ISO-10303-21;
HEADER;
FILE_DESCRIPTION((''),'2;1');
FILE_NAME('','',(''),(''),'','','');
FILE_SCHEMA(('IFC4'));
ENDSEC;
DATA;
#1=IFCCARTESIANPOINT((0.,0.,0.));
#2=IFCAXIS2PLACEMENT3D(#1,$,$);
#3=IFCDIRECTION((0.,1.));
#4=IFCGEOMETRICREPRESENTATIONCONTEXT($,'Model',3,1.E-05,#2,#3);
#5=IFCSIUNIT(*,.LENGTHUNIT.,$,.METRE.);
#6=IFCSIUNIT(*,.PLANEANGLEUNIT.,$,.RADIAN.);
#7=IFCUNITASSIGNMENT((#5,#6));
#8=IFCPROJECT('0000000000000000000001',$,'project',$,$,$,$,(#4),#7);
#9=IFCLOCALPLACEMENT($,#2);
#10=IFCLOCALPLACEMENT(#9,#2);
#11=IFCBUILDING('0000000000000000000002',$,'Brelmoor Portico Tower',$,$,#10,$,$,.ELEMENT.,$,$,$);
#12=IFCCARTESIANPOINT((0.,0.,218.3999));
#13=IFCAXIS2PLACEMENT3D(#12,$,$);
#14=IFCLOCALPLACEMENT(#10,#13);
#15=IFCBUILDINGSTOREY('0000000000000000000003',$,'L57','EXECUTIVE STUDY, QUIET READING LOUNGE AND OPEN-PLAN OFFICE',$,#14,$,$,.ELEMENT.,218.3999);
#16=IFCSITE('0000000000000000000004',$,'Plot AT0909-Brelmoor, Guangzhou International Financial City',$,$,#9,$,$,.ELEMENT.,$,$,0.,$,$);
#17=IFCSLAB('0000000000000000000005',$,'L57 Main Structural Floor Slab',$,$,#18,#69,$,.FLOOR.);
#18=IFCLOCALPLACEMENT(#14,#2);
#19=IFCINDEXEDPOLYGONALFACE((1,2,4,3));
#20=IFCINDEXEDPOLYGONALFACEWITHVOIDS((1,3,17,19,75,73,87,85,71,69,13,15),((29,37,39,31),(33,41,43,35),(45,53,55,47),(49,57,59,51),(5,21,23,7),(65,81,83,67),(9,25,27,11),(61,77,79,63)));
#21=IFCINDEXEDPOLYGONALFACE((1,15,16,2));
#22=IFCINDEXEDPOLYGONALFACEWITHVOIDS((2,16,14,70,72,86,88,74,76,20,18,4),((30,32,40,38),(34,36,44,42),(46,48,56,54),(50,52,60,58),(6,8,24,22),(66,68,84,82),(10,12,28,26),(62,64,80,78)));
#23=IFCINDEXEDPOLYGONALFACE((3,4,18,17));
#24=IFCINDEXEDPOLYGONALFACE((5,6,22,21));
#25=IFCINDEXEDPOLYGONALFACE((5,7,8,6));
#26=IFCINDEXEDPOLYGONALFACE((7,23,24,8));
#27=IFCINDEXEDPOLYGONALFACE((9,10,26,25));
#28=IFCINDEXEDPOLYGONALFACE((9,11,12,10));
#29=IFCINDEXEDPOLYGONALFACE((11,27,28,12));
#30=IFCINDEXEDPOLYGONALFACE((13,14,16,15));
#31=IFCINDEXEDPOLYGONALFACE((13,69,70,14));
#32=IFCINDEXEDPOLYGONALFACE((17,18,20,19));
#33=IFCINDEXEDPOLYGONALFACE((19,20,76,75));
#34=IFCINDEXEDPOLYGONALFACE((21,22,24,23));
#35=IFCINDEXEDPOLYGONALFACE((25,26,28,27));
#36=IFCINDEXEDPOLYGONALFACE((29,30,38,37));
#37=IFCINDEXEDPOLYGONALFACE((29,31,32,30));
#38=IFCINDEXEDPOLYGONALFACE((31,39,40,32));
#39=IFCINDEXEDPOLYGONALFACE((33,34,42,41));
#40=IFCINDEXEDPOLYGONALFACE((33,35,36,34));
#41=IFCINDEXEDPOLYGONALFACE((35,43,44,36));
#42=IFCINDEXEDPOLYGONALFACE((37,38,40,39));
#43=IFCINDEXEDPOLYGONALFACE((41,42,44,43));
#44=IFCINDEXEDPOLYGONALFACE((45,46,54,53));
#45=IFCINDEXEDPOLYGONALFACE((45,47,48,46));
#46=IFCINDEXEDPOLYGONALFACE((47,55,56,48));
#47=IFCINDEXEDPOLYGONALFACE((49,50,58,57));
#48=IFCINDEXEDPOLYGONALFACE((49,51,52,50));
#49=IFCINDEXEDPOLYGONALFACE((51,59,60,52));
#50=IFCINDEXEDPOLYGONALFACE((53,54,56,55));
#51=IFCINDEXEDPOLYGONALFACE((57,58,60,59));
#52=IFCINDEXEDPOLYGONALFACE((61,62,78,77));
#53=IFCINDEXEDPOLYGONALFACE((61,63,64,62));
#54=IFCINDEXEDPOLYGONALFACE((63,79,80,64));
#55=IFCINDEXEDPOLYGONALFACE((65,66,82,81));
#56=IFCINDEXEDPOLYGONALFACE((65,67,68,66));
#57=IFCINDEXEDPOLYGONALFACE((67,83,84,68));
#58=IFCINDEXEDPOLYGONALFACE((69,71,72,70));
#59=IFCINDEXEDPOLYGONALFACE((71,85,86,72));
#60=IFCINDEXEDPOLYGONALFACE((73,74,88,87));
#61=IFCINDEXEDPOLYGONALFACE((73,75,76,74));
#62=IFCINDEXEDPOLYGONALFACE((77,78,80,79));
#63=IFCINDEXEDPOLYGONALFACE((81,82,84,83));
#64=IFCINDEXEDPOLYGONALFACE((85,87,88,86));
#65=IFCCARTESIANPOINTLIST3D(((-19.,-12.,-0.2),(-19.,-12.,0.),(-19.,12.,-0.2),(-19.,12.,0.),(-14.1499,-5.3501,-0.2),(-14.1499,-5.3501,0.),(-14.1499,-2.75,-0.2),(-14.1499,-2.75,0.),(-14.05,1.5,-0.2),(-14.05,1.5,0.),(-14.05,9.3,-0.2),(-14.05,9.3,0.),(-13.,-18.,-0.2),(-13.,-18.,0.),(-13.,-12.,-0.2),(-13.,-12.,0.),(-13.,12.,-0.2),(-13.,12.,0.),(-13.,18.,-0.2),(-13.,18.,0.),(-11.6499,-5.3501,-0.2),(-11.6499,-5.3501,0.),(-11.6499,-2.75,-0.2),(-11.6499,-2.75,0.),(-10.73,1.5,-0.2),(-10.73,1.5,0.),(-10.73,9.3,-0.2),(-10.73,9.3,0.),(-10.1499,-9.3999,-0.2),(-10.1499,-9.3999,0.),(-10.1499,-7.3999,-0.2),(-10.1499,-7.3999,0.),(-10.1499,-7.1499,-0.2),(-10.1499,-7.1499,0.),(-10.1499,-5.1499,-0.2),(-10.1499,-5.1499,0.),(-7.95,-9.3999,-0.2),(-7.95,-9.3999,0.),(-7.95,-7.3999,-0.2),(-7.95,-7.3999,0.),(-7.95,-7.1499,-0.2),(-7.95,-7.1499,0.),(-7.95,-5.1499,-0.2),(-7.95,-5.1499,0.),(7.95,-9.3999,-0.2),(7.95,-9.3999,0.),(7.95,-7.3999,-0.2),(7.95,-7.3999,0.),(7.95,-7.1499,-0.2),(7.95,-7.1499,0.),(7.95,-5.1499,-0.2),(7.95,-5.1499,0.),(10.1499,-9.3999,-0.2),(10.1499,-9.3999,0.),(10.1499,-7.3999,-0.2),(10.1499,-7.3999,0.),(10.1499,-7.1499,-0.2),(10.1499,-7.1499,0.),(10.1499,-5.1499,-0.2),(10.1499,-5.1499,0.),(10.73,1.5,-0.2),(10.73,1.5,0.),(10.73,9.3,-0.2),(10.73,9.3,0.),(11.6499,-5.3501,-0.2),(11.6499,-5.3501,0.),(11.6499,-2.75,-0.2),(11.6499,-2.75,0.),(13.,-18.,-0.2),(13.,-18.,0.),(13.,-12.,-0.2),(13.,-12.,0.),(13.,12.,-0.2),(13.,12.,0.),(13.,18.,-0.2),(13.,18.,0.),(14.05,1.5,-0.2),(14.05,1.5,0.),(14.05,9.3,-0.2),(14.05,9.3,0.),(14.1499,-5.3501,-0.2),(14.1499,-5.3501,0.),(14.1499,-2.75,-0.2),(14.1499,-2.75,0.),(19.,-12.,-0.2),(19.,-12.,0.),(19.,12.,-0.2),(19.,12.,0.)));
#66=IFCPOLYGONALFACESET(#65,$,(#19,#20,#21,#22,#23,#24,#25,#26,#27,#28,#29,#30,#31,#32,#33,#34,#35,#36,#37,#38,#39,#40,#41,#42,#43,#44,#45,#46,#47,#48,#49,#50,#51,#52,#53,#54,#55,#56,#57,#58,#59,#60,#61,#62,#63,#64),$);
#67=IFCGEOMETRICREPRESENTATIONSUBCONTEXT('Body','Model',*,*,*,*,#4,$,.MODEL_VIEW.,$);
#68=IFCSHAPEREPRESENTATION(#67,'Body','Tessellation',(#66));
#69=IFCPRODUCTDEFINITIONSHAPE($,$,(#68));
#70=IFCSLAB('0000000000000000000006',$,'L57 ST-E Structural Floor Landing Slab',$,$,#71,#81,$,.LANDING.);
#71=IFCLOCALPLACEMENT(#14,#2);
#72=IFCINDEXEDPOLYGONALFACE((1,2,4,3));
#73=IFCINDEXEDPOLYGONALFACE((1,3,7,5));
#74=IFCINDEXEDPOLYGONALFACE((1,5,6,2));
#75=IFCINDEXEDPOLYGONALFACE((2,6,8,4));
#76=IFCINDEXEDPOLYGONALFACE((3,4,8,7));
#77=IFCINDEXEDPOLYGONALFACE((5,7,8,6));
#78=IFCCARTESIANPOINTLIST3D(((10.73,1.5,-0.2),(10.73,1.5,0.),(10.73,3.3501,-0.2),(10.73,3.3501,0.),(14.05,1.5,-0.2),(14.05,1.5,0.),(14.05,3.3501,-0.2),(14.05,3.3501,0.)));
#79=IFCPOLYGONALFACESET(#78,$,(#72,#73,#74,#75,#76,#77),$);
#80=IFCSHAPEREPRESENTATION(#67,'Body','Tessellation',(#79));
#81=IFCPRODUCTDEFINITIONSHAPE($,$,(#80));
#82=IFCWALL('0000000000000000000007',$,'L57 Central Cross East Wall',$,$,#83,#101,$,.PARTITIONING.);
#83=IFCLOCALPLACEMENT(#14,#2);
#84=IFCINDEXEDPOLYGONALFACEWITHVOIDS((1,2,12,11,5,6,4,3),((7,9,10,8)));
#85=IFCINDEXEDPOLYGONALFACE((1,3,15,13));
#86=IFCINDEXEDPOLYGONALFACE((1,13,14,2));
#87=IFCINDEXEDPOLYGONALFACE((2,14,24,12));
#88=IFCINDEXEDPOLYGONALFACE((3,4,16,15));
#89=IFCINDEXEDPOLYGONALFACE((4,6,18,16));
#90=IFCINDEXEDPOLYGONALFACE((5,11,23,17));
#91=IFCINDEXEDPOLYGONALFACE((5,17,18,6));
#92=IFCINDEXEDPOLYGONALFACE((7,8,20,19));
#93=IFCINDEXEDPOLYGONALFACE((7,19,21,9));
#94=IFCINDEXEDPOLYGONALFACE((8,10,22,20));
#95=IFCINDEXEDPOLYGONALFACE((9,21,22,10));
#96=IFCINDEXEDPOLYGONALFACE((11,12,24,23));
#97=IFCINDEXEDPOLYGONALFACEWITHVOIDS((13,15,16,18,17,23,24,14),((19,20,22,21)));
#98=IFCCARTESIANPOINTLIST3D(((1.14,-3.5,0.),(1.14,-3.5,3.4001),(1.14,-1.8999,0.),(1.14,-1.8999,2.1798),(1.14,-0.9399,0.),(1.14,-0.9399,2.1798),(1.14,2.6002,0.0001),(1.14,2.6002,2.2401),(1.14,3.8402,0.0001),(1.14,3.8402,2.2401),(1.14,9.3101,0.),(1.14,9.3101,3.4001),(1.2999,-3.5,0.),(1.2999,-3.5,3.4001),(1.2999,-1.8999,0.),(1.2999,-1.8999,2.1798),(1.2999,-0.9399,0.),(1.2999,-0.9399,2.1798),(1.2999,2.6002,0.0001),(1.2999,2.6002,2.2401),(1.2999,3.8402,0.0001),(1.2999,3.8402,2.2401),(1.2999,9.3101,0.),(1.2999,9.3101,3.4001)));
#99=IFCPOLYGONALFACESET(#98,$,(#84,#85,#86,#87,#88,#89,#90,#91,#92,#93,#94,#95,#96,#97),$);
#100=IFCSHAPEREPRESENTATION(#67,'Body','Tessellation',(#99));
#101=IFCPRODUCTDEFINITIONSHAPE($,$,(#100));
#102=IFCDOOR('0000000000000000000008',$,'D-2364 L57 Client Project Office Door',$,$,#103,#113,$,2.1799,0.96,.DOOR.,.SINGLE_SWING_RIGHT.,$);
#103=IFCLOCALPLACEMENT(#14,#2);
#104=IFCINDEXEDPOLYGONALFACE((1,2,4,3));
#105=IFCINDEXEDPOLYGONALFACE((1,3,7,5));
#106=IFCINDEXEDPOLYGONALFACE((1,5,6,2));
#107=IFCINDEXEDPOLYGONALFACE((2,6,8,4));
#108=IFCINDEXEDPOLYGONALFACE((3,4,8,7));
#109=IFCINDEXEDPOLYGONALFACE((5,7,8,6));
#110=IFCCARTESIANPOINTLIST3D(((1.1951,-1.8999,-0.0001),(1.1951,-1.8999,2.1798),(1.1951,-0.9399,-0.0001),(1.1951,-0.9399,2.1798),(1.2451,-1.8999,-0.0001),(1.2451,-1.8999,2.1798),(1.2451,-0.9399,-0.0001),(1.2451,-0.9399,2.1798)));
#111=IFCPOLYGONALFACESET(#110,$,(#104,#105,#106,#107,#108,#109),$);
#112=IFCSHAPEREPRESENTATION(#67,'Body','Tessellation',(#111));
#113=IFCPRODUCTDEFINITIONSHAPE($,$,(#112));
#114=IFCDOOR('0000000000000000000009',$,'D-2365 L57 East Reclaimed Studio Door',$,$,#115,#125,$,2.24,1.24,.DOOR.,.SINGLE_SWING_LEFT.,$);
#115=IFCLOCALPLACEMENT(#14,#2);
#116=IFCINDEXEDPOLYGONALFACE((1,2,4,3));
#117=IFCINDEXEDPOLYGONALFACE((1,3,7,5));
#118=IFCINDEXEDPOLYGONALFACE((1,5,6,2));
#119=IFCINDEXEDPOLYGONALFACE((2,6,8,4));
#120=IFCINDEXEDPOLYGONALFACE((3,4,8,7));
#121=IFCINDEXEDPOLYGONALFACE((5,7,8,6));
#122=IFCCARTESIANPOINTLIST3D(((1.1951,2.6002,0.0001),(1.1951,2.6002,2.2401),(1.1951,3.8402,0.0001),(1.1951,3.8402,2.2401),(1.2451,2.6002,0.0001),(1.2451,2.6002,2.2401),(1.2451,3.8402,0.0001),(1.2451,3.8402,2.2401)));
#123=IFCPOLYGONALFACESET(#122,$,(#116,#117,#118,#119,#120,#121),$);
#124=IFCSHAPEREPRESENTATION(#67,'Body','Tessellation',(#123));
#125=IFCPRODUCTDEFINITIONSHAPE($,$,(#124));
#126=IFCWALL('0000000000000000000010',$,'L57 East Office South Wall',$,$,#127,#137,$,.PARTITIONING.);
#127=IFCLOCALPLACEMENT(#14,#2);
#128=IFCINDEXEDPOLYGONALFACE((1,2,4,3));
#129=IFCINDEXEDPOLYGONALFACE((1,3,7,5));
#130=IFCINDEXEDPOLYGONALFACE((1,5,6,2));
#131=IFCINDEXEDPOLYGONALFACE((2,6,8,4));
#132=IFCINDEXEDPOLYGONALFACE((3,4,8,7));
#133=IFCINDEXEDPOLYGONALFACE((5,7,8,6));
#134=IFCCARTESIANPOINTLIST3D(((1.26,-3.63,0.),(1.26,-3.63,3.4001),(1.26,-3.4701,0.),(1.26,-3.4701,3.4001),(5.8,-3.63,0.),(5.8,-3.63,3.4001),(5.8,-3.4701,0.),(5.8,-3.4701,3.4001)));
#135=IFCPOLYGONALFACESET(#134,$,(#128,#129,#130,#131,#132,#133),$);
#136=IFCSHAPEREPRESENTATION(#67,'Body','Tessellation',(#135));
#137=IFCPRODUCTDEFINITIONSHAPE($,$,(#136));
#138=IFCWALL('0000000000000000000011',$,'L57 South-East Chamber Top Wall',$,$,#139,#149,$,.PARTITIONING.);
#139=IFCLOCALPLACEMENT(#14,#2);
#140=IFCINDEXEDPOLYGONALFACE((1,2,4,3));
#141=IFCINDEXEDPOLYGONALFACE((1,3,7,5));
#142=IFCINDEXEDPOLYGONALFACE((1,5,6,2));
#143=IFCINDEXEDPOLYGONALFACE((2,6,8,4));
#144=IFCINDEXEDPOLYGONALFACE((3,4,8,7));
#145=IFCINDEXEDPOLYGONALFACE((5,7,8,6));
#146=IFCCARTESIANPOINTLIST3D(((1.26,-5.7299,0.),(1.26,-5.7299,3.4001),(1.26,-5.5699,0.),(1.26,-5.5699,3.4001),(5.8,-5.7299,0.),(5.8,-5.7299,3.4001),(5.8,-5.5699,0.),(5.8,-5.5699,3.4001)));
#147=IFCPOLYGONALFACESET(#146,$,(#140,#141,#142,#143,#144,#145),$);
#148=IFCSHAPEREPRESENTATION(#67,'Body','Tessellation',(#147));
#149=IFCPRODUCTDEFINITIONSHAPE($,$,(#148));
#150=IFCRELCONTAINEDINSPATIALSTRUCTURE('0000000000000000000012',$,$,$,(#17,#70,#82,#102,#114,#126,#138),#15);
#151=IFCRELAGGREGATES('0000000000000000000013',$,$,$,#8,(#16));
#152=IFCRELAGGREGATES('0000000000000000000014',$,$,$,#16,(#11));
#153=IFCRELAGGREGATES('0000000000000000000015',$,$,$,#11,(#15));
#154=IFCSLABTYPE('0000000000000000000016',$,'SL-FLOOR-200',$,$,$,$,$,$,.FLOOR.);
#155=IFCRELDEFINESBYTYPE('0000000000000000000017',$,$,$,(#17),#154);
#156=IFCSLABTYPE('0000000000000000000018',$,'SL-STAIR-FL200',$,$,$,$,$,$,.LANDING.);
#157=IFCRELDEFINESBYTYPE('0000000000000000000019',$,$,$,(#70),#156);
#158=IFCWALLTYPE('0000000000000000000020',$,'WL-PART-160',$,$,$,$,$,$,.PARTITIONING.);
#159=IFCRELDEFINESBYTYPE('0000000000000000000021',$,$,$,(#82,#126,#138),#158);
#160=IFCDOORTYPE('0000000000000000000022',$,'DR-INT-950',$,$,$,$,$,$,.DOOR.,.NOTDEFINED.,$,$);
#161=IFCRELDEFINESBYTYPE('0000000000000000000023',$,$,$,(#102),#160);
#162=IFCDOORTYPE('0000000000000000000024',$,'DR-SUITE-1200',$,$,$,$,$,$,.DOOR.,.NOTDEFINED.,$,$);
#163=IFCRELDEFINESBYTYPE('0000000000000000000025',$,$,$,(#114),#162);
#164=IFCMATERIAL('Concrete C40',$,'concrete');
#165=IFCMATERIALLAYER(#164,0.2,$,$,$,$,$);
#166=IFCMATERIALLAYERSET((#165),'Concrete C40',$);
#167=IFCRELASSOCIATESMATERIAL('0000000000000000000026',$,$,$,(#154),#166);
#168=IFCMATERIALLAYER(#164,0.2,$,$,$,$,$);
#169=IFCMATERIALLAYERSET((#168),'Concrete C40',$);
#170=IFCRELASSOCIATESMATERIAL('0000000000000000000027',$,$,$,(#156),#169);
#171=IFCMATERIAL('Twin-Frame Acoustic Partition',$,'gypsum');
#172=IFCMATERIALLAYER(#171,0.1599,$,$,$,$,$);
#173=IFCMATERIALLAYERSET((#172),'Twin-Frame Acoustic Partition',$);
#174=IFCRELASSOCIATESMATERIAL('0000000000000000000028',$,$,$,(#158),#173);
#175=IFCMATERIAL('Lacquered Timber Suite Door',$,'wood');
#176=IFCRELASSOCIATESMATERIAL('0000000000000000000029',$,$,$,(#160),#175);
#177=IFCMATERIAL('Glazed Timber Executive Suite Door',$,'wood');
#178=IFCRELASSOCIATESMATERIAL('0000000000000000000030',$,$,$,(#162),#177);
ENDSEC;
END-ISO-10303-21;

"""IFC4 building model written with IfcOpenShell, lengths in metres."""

from ifc_helpers import new_model, si_unit, direction, frame, frame_2d, origin, place, context, subcontext, project, spatial, polyline, rectangle, outline, extrude, material, layer, layer_set, type_object, element, fill, save


model = new_model("IFC4")

# Units and contexts
model_context = context("Model", 3, precision=1e-05, world=origin(), true_north=direction((0.0, 1.0)))
body_context = subcontext(model_context, "Body", "Model", "MODEL_VIEW")
ifc_project = project(units=[si_unit("LENGTHUNIT", "METRE"), si_unit("PLANEANGLEUNIT", "RADIAN")], contexts=[model_context])

# Site, building, storey
site_placement = place(None, origin())
site = spatial("IfcSite", under=ifc_project, at=site_placement, Name="Plot AT0909-Brelmoor, Guangzhou International Financial City", CompositionType="ELEMENT", RefElevation=0.0)
building_placement = place(site_placement, origin())
building = spatial("IfcBuilding", under=site, at=building_placement, Name="Brelmoor Portico Tower", CompositionType="ELEMENT")
storey_placement = place(building_placement, frame((0.0, 0.0, 218.3999)))
storey = spatial("IfcBuildingStorey", under=building, at=storey_placement, Name="L57", Description="EXECUTIVE STUDY, QUIET READING LOUNGE AND OPEN-PLAN OFFICE", CompositionType="ELEMENT", Elevation=218.3999)

# Slabs
ifc_material_1 = material(Name="Concrete C40", Category="concrete")
ifc_layer_1 = layer(ifc_material_1, 0.2)
ifc_layer_set_1 = layer_set([ifc_layer_1], Name="Concrete C40")
slab_type_1 = type_object("IfcSlabType", Name="SL-FLOOR-200", PredefinedType="FLOOR", material=ifc_layer_set_1)
slab_1_placement = place(storey_placement, frame((0.0, 0.0, -0.2)))
element("IfcSlab", 1, at=slab_1_placement, inside=storey, type_object=slab_type_1, Name="L57 Main Structural Floor Slab", PredefinedType="FLOOR", context=body_context, shape_type="SweptSolid", body=[
    extrude(outline(polyline([(-13.0, -18.0), (13.0, -18.0), (13.0, -12.0), (19.0, -12.0), (19.0, 12.0), (13.0, 12.0), (13.0, 18.0), (-13.0, 18.0), (-13.0, 12.0), (-19.0, 12.0), (-19.0, -12.0), (-13.0, -12.0), (-13.0, -18.0)]), holes=[polyline([(-10.73, 1.5), (-10.73, 9.3), (-14.05, 9.3), (-14.05, 1.5), (-10.73, 1.5)]), polyline([(14.05, 1.5), (14.05, 9.3), (10.73, 9.3), (10.73, 1.5), (14.05, 1.5)]), polyline([(-10.1499, -9.3999), (-7.95, -9.3999), (-7.95, -7.3999), (-10.1499, -7.3999), (-10.1499, -9.3999)]), polyline([(-10.1499, -7.1499), (-7.95, -7.1499), (-7.95, -5.1499), (-10.1499, -5.1499), (-10.1499, -7.1499)]), polyline([(7.95, -9.3999), (10.1499, -9.3999), (10.1499, -7.3999), (7.95, -7.3999), (7.95, -9.3999)]), polyline([(7.95, -7.1499), (10.1499, -7.1499), (10.1499, -5.1499), (7.95, -5.1499), (7.95, -7.1499)]), polyline([(-14.1499, -5.3501), (-11.6499, -5.3501), (-11.6499, -2.75), (-14.1499, -2.75), (-14.1499, -5.3501)]), polyline([(11.6499, -5.3501), (14.1499, -5.3501), (14.1499, -2.75), (11.6499, -2.75), (11.6499, -5.3501)])]), origin(), (0.0, 0.0, 1.0), 0.2),
])
ifc_layer_2 = layer(ifc_material_1, 0.2)
ifc_layer_set_2 = layer_set([ifc_layer_2], Name="Concrete C40")
slab_type_2 = type_object("IfcSlabType", Name="SL-STAIR-FL200", PredefinedType="LANDING", material=ifc_layer_set_2)
slab_2_placement = place(storey_placement, frame((0.0, 0.0, -0.2)))
element("IfcSlab", 2, at=slab_2_placement, inside=storey, type_object=slab_type_2, Name="L57 ST-E Structural Floor Landing Slab", PredefinedType="LANDING", context=body_context, shape_type="SweptSolid", body=[
    extrude(outline(polyline([(14.05, 1.5), (14.05, 3.3501), (10.73, 3.3501), (10.73, 1.5), (14.05, 1.5)])), origin(), (0.0, 0.0, 1.0), 0.2),
])

# Wall, openings, doors
ifc_material_2 = material(Name="Twin-Frame Acoustic Partition", Category="gypsum")
ifc_layer_3 = layer(ifc_material_2, 0.1599)
ifc_layer_set_3 = layer_set([ifc_layer_3], Name="Twin-Frame Acoustic Partition")
wall_type_1 = type_object("IfcWallType", Name="WL-PART-160", PredefinedType="PARTITIONING", material=ifc_layer_set_3)
wall_1_placement = place(storey_placement, frame((1.22, -3.5, 0.0), z_axis=(0.0, 0.0, 1.0), x_axis=(0.0, 1.0, 0.0)))
wall_1 = element("IfcWall", 3, at=wall_1_placement, inside=storey, type_object=wall_type_1, Name="L57 Central Cross East Wall", PredefinedType="PARTITIONING", context=body_context, shape_type="SweptSolid", body=[
    extrude(rectangle(XDim=12.8101, YDim=0.1599, at=frame_2d((6.405, 0.0))), origin(), (0.0, 0.0, 1.0), 3.4001),
])
opening_1_placement = place(wall_1_placement, frame((6.1001, 0.0, 0.0)))
opening_1 = element("IfcOpeningElement", 4, at=opening_1_placement, cuts=wall_1, PredefinedType="OPENING", context=body_context, shape_type="SweptSolid", body=[
    extrude(rectangle(XDim=1.24, YDim=2.24, at=frame_2d((0.6201, 1.1201))), frame((0.0, 0.0898, 0.0), z_axis=(0.0, -1.0, 0.0), x_axis=(1.0, 0.0, 0.0)), (0.0, 0.0, 1.0), 0.1799),
])
opening_2_placement = place(wall_1_placement, frame((1.6001, 0.0, 0.0)))
opening_2 = element("IfcOpeningElement", 5, at=opening_2_placement, cuts=wall_1, PredefinedType="OPENING", context=body_context, shape_type="SweptSolid", body=[
    extrude(rectangle(XDim=0.96, YDim=2.1799, at=frame_2d((0.48, 1.0898))), frame((0.0, 0.0898, 0.0), z_axis=(0.0, -1.0, 0.0), x_axis=(1.0, 0.0, 0.0)), (0.0, 0.0, 1.0), 0.1799),
])
ifc_material_3 = material(Name="Lacquered Timber Suite Door", Category="wood")
door_type_1 = type_object("IfcDoorType", Name="DR-INT-950", OperationType="NOTDEFINED", PredefinedType="DOOR", material=ifc_material_3)
door_1_placement = place(opening_2_placement, origin())
door_1 = element("IfcDoor", 6, at=door_1_placement, inside=storey, type_object=door_type_1, Name="D-2364 L57 Client Project Office Door", OperationType="SINGLE_SWING_RIGHT", OverallHeight=2.1799, OverallWidth=0.96, PredefinedType="DOOR", context=body_context, shape_type="SweptSolid", body=[
    extrude(rectangle(XDim=0.96, YDim=2.1799, at=frame_2d((0.48, 1.0898))), frame((0.0, 0.0249, 0.0), z_axis=(0.0, -1.0, 0.0), x_axis=(1.0, 0.0, 0.0)), (0.0, 0.0, 1.0), 0.05),
])
fill(opening_2, door_1)
ifc_material_4 = material(Name="Glazed Timber Executive Suite Door", Category="wood")
door_type_2 = type_object("IfcDoorType", Name="DR-SUITE-1200", OperationType="NOTDEFINED", PredefinedType="DOOR", material=ifc_material_4)
door_2_placement = place(opening_1_placement, origin())
door_2 = element("IfcDoor", 7, at=door_2_placement, inside=storey, type_object=door_type_2, Name="D-2365 L57 East Reclaimed Studio Door", OperationType="SINGLE_SWING_LEFT", OverallHeight=2.24, OverallWidth=1.24, PredefinedType="DOOR", context=body_context, shape_type="SweptSolid", body=[
    extrude(rectangle(XDim=1.24, YDim=2.24, at=frame_2d((0.6201, 1.1201))), frame((0.0, 0.0249, 0.0), z_axis=(0.0, -1.0, 0.0), x_axis=(1.0, 0.0, 0.0)), (0.0, 0.0, 1.0), 0.05),
])
fill(opening_1, door_2)

# Walls
for number, where, z_axis, x_axis, name in (
    (8, (1.26, -3.55, 0.0), (0.0, 0.0, 1.0), (1.0, 0.0, 0.0), "L57 East Office South Wall"),
    (9, (1.26, -5.6499, 0.0), (0.0, 0.0, 1.0), (1.0, 0.0, 0.0), "L57 South-East Chamber Top Wall"),
):
    element("IfcWall", number, at=place(storey_placement, frame(where, z_axis=z_axis, x_axis=x_axis)), inside=storey, type_object=wall_type_1, Name=name, PredefinedType="PARTITIONING", context=body_context, shape_type="SweptSolid", body=[
        extrude(rectangle(XDim=4.54, YDim=0.1599, at=frame_2d((2.27, 0.0))), origin(), (0.0, 0.0, 1.0), 3.4001),
    ])

save(model, "model.ifc")
